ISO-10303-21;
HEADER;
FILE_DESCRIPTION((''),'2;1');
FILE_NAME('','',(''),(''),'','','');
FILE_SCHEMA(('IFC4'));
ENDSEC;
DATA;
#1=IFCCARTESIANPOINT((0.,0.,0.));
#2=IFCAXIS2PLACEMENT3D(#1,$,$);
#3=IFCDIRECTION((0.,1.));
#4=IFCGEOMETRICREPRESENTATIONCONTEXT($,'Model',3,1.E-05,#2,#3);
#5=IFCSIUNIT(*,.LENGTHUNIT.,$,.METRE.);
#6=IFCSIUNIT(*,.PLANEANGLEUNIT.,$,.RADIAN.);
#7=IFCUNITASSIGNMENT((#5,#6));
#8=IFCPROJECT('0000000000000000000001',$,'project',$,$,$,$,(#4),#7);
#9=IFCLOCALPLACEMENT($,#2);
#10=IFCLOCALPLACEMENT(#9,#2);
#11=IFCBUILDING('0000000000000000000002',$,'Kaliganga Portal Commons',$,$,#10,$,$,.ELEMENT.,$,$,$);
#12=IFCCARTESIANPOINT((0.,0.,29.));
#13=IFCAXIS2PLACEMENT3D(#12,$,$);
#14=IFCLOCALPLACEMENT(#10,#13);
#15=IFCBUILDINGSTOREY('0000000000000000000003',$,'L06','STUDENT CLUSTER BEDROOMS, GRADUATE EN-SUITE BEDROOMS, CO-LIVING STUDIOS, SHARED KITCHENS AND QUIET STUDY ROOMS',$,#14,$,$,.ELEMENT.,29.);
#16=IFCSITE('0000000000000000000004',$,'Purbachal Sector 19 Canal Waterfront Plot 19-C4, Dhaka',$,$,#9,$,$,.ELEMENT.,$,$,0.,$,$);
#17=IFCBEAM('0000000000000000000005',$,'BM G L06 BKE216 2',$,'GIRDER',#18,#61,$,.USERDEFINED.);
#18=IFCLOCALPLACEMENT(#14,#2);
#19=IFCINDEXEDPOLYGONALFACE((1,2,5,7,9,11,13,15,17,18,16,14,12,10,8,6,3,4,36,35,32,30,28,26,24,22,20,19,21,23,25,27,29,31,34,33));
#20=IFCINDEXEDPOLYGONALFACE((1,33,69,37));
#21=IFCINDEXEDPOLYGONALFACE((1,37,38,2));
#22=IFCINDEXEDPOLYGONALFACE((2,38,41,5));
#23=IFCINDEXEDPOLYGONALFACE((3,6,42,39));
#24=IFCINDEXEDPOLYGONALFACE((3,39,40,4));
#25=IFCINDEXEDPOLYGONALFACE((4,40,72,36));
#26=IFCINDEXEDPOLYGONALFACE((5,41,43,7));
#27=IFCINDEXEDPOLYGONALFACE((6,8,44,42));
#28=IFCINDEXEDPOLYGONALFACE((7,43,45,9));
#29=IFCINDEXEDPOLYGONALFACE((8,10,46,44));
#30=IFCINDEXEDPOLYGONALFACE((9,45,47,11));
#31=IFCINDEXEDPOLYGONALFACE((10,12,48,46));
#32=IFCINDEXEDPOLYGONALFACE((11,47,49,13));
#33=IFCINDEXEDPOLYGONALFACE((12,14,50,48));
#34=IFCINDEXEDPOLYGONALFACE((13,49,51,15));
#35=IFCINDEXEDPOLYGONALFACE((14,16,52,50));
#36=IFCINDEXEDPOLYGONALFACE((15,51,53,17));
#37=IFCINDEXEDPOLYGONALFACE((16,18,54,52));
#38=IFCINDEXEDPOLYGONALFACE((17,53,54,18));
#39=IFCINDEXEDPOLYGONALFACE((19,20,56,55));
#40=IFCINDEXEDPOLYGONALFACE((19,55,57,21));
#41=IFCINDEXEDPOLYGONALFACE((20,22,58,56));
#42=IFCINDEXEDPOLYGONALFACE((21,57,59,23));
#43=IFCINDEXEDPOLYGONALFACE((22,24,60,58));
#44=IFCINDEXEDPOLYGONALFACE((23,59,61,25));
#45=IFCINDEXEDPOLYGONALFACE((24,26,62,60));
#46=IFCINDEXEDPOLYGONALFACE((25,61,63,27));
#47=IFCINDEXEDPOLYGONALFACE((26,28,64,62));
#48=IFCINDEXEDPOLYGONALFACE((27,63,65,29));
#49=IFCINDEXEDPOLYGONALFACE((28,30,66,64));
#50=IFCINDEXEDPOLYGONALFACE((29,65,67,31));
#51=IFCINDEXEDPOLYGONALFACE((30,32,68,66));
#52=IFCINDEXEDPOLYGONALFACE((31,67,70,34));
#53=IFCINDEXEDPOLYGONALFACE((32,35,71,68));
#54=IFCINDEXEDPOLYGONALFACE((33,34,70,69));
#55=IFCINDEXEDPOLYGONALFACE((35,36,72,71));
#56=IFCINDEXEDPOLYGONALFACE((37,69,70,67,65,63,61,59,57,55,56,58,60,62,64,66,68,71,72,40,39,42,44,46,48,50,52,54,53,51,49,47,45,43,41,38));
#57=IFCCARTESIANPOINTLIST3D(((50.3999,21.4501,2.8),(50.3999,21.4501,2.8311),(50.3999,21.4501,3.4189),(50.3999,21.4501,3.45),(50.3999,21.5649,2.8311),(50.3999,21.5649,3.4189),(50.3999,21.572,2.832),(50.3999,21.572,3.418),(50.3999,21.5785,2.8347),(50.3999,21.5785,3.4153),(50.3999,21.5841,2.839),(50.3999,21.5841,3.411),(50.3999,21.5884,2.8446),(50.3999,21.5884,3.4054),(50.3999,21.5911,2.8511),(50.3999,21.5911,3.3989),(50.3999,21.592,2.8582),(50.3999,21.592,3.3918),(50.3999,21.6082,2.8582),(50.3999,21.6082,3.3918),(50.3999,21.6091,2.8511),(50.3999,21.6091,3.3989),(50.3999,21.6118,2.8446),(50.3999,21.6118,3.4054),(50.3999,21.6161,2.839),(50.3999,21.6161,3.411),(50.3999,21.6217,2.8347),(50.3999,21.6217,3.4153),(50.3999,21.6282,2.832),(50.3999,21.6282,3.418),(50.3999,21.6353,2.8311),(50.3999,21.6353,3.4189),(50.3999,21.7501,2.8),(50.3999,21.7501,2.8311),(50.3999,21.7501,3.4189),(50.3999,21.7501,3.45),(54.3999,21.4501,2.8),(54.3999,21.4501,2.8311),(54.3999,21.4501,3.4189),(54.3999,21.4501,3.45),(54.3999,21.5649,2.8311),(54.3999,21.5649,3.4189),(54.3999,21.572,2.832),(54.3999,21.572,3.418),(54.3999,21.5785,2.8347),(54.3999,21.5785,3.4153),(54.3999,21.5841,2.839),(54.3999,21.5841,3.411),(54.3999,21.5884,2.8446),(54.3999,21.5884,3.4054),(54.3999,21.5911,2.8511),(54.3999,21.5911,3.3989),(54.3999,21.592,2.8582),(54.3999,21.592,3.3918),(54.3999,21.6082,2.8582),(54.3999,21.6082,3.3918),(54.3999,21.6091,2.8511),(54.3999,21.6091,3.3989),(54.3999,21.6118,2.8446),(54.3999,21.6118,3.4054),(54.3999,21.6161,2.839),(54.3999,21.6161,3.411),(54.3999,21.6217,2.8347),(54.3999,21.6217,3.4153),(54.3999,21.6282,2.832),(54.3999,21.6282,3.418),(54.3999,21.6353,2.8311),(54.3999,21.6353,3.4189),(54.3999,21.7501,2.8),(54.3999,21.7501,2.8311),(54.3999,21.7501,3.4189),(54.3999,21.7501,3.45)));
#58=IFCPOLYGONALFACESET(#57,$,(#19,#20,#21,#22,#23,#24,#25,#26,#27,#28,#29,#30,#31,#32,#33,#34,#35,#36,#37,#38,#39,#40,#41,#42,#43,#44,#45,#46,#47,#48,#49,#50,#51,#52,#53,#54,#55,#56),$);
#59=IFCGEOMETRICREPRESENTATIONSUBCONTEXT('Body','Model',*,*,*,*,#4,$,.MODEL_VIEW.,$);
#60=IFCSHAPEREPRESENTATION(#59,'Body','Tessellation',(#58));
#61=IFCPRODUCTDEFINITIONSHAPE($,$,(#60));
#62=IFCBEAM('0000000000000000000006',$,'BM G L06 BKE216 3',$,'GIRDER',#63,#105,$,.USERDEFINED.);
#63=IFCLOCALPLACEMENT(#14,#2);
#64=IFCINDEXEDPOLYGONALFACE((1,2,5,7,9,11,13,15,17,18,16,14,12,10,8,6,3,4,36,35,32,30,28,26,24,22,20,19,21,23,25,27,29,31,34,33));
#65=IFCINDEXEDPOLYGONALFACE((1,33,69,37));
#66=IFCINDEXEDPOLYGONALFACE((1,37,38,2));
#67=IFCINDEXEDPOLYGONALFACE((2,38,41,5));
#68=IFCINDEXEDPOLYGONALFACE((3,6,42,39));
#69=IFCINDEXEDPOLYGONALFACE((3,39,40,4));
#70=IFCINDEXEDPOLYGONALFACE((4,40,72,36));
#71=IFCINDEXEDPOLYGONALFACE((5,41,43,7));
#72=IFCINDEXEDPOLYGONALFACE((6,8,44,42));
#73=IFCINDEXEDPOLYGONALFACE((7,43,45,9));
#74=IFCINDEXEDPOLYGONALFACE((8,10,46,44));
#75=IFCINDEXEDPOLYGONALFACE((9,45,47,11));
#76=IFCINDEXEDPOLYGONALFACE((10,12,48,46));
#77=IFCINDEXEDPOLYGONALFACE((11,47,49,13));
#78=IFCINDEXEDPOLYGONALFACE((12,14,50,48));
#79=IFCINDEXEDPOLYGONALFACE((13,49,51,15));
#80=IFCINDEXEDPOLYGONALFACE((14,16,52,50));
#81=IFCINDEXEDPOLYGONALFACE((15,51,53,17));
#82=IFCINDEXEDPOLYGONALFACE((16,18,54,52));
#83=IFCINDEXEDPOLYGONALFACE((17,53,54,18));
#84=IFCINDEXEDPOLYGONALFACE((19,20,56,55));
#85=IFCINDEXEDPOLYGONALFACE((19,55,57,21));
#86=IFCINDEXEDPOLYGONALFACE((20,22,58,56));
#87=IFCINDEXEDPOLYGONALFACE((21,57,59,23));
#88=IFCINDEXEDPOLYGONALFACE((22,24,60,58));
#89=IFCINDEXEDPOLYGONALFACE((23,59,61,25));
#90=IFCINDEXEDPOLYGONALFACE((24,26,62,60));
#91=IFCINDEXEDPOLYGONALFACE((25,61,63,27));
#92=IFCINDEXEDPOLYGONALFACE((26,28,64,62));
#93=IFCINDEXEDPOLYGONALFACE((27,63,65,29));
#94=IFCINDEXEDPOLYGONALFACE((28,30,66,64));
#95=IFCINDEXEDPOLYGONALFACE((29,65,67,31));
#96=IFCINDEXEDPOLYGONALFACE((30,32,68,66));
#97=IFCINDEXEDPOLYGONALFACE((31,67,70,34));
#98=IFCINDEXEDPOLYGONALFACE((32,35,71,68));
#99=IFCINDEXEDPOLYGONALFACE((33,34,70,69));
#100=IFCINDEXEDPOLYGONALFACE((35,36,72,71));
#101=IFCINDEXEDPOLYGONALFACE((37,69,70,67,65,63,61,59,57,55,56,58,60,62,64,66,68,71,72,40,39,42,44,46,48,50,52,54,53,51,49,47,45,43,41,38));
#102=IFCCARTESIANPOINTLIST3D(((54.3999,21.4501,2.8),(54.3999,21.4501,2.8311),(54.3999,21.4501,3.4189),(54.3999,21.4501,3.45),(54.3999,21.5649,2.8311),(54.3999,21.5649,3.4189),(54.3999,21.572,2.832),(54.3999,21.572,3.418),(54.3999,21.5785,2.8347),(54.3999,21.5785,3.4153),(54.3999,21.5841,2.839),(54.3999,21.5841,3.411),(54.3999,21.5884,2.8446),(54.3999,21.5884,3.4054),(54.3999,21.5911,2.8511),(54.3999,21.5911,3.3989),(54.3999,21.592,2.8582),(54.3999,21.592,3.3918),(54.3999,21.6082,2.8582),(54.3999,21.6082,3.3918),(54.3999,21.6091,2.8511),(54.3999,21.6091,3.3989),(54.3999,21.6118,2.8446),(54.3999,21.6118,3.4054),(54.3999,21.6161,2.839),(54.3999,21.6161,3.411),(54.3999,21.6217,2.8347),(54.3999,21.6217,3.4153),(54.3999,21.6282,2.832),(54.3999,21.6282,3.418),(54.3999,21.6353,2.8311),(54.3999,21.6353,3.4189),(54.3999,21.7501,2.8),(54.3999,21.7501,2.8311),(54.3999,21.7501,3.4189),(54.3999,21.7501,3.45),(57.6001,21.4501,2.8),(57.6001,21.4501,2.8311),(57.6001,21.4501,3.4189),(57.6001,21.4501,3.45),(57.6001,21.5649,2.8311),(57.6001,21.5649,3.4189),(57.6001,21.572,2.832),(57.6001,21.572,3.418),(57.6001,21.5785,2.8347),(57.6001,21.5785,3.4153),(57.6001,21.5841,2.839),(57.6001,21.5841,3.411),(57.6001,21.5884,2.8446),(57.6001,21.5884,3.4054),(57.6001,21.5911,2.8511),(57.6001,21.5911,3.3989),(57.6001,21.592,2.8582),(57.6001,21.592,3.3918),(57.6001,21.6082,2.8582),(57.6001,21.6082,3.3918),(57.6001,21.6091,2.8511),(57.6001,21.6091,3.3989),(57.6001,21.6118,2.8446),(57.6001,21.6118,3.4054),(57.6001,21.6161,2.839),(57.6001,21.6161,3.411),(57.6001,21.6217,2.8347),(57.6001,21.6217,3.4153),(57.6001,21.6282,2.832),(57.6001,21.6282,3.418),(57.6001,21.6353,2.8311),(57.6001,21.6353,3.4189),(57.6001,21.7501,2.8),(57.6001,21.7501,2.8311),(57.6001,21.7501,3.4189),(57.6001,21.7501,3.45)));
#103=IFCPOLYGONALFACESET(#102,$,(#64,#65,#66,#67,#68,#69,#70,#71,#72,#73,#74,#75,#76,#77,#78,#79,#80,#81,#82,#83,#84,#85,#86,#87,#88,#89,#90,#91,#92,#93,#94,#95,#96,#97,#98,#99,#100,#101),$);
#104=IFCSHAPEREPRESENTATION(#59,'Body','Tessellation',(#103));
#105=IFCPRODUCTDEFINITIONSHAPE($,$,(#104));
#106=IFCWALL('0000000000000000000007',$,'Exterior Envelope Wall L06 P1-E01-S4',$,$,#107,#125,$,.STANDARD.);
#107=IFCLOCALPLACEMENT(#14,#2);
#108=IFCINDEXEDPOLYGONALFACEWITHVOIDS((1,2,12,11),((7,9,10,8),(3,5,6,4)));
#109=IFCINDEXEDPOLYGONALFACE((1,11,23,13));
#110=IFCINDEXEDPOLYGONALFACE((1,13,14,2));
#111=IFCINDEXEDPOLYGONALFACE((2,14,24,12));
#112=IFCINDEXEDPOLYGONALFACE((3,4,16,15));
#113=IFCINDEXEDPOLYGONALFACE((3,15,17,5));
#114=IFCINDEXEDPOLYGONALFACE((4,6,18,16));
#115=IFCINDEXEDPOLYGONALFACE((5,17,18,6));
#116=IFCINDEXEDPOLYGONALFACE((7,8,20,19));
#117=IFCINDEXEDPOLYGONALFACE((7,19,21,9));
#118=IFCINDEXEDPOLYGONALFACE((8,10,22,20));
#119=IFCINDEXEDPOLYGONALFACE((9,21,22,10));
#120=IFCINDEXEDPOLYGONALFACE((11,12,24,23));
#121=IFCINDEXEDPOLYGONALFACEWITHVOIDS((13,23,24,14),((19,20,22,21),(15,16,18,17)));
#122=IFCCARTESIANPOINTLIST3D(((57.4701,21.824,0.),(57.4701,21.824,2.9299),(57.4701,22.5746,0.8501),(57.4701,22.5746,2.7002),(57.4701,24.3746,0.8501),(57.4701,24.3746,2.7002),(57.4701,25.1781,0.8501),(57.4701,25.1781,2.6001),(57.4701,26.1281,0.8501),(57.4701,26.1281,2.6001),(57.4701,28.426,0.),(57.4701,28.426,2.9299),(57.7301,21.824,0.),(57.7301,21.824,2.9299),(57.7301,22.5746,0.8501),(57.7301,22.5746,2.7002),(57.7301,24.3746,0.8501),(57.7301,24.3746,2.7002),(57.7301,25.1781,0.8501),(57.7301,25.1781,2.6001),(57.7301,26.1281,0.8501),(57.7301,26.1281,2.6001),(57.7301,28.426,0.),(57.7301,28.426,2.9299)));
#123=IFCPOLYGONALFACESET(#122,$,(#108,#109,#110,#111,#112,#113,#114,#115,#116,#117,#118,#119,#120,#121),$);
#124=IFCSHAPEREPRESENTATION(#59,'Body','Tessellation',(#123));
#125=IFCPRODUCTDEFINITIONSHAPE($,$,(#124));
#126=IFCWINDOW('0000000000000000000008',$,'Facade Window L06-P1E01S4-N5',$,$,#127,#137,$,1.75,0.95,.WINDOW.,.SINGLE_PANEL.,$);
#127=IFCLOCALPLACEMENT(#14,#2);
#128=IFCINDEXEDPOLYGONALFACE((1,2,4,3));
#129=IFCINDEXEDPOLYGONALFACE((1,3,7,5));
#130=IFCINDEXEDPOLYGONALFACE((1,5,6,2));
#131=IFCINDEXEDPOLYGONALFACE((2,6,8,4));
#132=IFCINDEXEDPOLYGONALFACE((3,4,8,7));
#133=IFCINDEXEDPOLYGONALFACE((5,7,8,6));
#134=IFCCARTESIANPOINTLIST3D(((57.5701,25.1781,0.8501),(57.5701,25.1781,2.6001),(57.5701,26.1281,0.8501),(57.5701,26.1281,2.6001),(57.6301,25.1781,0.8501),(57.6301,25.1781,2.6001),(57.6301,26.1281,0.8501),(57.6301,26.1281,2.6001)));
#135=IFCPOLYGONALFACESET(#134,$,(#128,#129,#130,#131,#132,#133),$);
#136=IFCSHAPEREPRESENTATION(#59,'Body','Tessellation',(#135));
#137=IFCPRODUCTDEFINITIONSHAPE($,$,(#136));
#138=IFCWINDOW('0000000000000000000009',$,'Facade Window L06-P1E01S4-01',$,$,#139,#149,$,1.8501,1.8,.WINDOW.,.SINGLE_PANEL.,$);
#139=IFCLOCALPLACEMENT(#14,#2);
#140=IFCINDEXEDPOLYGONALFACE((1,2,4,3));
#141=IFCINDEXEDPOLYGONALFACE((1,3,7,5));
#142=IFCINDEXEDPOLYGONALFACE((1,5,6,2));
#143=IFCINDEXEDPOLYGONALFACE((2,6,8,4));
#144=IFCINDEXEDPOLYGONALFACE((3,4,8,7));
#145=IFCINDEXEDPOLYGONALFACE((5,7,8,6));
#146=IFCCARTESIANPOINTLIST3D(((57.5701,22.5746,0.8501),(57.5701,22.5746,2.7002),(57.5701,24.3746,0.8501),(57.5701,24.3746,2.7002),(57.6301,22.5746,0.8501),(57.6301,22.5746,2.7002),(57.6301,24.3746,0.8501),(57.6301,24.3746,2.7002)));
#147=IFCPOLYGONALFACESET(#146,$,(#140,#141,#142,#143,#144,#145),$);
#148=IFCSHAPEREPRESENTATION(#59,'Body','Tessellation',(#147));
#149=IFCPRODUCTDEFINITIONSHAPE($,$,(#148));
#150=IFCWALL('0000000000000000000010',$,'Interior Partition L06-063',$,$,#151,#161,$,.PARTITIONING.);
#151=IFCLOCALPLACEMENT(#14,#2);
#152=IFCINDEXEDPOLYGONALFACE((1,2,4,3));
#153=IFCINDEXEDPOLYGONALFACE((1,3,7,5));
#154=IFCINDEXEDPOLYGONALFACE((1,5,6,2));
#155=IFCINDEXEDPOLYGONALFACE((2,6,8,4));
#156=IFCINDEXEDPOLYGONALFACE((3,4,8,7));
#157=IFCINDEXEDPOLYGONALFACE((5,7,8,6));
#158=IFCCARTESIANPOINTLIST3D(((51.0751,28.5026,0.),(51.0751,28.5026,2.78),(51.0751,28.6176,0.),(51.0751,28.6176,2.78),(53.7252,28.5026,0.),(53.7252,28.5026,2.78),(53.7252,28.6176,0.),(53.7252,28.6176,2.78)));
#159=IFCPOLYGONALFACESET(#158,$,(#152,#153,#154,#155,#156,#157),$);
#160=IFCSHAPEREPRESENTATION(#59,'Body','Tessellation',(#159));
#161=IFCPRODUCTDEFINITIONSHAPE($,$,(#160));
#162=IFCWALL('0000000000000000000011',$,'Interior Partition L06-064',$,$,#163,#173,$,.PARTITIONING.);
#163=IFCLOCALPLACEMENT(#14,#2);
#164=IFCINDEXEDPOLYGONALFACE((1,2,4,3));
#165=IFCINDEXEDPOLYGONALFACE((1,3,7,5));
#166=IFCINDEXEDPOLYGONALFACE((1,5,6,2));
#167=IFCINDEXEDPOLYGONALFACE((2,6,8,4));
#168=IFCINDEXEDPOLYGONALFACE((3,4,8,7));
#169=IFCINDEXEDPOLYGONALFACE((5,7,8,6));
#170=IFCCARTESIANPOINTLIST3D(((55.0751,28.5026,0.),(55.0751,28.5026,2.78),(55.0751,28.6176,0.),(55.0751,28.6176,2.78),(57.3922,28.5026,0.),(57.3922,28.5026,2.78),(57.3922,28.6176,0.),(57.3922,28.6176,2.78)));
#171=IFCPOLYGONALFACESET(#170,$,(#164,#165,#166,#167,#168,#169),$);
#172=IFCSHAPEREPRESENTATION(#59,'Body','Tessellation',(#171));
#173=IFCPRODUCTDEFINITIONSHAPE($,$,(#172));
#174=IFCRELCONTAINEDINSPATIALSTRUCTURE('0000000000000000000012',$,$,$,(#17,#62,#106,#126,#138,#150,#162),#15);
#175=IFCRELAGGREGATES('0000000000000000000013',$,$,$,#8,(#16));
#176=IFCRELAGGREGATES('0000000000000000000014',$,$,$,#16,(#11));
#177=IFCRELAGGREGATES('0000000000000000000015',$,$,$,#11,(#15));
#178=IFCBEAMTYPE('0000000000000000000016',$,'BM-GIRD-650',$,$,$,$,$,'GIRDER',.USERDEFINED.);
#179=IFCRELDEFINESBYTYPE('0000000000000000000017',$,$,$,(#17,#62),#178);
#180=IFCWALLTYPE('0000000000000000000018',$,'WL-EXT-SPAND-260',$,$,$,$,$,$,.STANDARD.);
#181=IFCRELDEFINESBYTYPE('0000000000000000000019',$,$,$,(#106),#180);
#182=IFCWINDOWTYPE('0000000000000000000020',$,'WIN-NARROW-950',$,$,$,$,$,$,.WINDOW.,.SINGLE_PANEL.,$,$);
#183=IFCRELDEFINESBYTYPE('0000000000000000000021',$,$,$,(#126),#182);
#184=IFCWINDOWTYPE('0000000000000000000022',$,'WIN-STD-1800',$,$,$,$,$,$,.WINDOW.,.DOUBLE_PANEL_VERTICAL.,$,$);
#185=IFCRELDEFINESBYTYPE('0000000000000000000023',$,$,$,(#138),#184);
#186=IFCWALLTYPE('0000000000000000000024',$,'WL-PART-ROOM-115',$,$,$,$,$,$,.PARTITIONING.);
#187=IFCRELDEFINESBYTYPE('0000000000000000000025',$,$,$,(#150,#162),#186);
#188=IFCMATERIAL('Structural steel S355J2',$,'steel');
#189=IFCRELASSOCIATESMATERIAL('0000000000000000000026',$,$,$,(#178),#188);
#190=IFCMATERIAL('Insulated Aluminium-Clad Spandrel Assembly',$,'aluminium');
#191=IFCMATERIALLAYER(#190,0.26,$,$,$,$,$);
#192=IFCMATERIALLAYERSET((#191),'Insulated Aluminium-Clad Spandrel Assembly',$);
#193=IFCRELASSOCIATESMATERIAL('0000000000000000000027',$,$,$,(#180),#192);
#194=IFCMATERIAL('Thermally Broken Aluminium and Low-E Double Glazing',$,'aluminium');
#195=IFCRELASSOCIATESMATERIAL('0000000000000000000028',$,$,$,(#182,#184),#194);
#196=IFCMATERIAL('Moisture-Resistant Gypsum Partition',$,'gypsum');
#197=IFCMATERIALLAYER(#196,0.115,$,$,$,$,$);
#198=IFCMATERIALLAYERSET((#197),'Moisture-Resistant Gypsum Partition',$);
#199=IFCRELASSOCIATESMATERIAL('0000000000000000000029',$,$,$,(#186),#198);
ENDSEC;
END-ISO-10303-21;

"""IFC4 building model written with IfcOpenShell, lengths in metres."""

from ifc_helpers import new_model, si_unit, direction, frame, frame_2d, origin, origin_2d, place, context, subcontext, project, spatial, rectangle, i_section, extrude, source, transform, mapped, material, layer, layer_set, material_profile, profile_set, type_object, element, fill, save


model = new_model("IFC4")

# Units and contexts
model_context = context("Model", 3, precision=1e-05, world=origin(), true_north=direction((0.0, 1.0)))
body_context = subcontext(model_context, "Body", "Model", "MODEL_VIEW")
ifc_project = project(units=[si_unit("LENGTHUNIT", "METRE"), si_unit("PLANEANGLEUNIT", "RADIAN")], contexts=[model_context])

# Site, building, storey
site_placement = place(None, origin())
site = spatial("IfcSite", under=ifc_project, at=site_placement, Name="Purbachal Sector 19 Canal Waterfront Plot 19-C4, Dhaka", CompositionType="ELEMENT", RefElevation=0.0)
building_placement = place(site_placement, origin())
building = spatial("IfcBuilding", under=site, at=building_placement, Name="Kaliganga Portal Commons", CompositionType="ELEMENT")
storey_placement = place(building_placement, frame((0.0, 0.0, 29.0)))
storey = spatial("IfcBuildingStorey", under=building, at=storey_placement, Name="L06", Description="STUDENT CLUSTER BEDROOMS, GRADUATE EN-SUITE BEDROOMS, CO-LIVING STUDIOS, SHARED KITCHENS AND QUIET STUDY ROOMS", CompositionType="ELEMENT", Elevation=29.0)

# Beams
ifc_material_1 = material(Name="Structural steel S355J2", Category="steel")
ifc_material_profile_1 = material_profile(ifc_material_1, i_section(OverallWidth=0.3, OverallDepth=0.6499, WebThickness=0.0161, FlangeThickness=0.031, FilletRadius=0.0271, at=origin_2d()), Name="HE 650 B")
ifc_profile_set_1 = profile_set([ifc_material_profile_1], Name="Structural steel S355J2 wide-flange")
beam_type_1 = type_object("IfcBeamType", Name="BM-GIRD-650", ElementType="GIRDER", PredefinedType="USERDEFINED", material=ifc_profile_set_1)
shared_shape_1 = source(origin(), body_context, "Body", "SweptSolid", [
    extrude(i_section(OverallWidth=0.3, OverallDepth=0.6499, WebThickness=0.0161, FlangeThickness=0.031, FilletRadius=0.0271, at=origin_2d()), origin(), (0.0, 0.0, 1.0), 4.0),
])
beam_1_placement = place(storey_placement, frame((50.3999, 21.6001, 3.125), z_axis=(1.0, 0.0, 0.0), x_axis=(0.0, 1.0, 0.0)))
element("IfcBeam", 1, at=beam_1_placement, inside=storey, type_object=beam_type_1, Name="BM G L06 BKE216 2", ObjectType="GIRDER", PredefinedType="USERDEFINED", context=body_context, shape_type="MappedRepresentation", body=[
    mapped(shared_shape_1, transform((0.0, 0.0, 0.0), x_axis=(1.0, 0.0, 0.0), y_axis=(0.0, 1.0, 0.0), z_axis=(0.0, 0.0, 1.0), scale=1.0)),
])
shared_shape_2 = source(origin(), body_context, "Body", "SweptSolid", [
    extrude(i_section(OverallWidth=0.3, OverallDepth=0.6499, WebThickness=0.0161, FlangeThickness=0.031, FilletRadius=0.0271, at=origin_2d()), origin(), (0.0, 0.0, 1.0), 3.2002),
])
beam_2_placement = place(storey_placement, frame((54.3999, 21.6001, 3.125), z_axis=(1.0, 0.0, 0.0), x_axis=(0.0, 1.0, 0.0)))
element("IfcBeam", 2, at=beam_2_placement, inside=storey, type_object=beam_type_1, Name="BM G L06 BKE216 3", ObjectType="GIRDER", PredefinedType="USERDEFINED", context=body_context, shape_type="MappedRepresentation", body=[
    mapped(shared_shape_2, transform((0.0, 0.0, 0.0), x_axis=(1.0, 0.0, 0.0), y_axis=(0.0, 1.0, 0.0), z_axis=(0.0, 0.0, 1.0), scale=1.0)),
])

# Wall, openings, windows
ifc_material_2 = material(Name="Insulated Aluminium-Clad Spandrel Assembly", Category="aluminium")
ifc_layer_1 = layer(ifc_material_2, 0.26)
ifc_layer_set_1 = layer_set([ifc_layer_1], Name="Insulated Aluminium-Clad Spandrel Assembly")
wall_type_1 = type_object("IfcWallType", Name="WL-EXT-SPAND-260", PredefinedType="STANDARD", material=ifc_layer_set_1)
wall_1_placement = place(storey_placement, frame((57.6001, 28.426, 0.0), z_axis=(0.0, 0.0, 1.0), x_axis=(0.0, -1.0, 0.0)))
wall_1 = element("IfcWall", 3, at=wall_1_placement, inside=storey, type_object=wall_type_1, Name="Exterior Envelope Wall L06 P1-E01-S4", PredefinedType="STANDARD", context=body_context, shape_type="SweptSolid", body=[
    extrude(rectangle(XDim=6.6021, YDim=0.26, at=frame_2d((3.301, 0.0))), origin(), (0.0, 0.0, 1.0), 2.9299),
])
opening_1_placement = place(wall_1_placement, frame((4.0515, 0.0, 0.8501)))
opening_1 = element("IfcOpeningElement", 4, at=opening_1_placement, cuts=wall_1, PredefinedType="OPENING", context=body_context, shape_type="SweptSolid", body=[
    extrude(rectangle(XDim=1.8, YDim=1.8501, at=frame_2d((0.8999, 0.925))), frame((0.0, 0.1401, 0.0), z_axis=(0.0, -1.0, 0.0), x_axis=(1.0, 0.0, 0.0)), (0.0, 0.0, 1.0), 0.28),
])
opening_2_placement = place(wall_1_placement, frame((2.2979, 0.0, 0.8501)))
opening_2 = element("IfcOpeningElement", 5, at=opening_2_placement, cuts=wall_1, PredefinedType="OPENING", context=body_context, shape_type="SweptSolid", body=[
    extrude(rectangle(XDim=0.95, YDim=1.75, at=frame_2d((0.4751, 0.875))), frame((0.0, 0.1401, 0.0), z_axis=(0.0, -1.0, 0.0), x_axis=(1.0, 0.0, 0.0)), (0.0, 0.0, 1.0), 0.28),
])
ifc_material_3 = material(Name="Thermally Broken Aluminium and Low-E Double Glazing", Category="aluminium")
window_type_1 = type_object("IfcWindowType", Name="WIN-NARROW-950", PartitioningType="SINGLE_PANEL", PredefinedType="WINDOW", material=ifc_material_3)
window_1_placement = place(opening_2_placement, origin())
window_1 = element("IfcWindow", 6, at=window_1_placement, inside=storey, type_object=window_type_1, Name="Facade Window L06-P1E01S4-N5", OverallHeight=1.75, OverallWidth=0.95, PartitioningType="SINGLE_PANEL", PredefinedType="WINDOW", context=body_context, shape_type="SweptSolid", body=[
    extrude(rectangle(XDim=0.95, YDim=1.75, at=frame_2d((0.4751, 0.875))), frame((0.0, 0.03, 0.0), z_axis=(0.0, -1.0, 0.0), x_axis=(1.0, 0.0, 0.0)), (0.0, 0.0, 1.0), 0.0601),
])
fill(opening_2, window_1)
window_type_2 = type_object("IfcWindowType", Name="WIN-STD-1800", PartitioningType="DOUBLE_PANEL_VERTICAL", PredefinedType="WINDOW", material=ifc_material_3)
window_2_placement = place(opening_1_placement, origin())
window_2 = element("IfcWindow", 7, at=window_2_placement, inside=storey, type_object=window_type_2, Name="Facade Window L06-P1E01S4-01", OverallHeight=1.8501, OverallWidth=1.8, PartitioningType="SINGLE_PANEL", PredefinedType="WINDOW", context=body_context, shape_type="SweptSolid", body=[
    extrude(rectangle(XDim=1.8, YDim=1.8501, at=frame_2d((0.8999, 0.925))), frame((0.0, 0.03, 0.0), z_axis=(0.0, -1.0, 0.0), x_axis=(1.0, 0.0, 0.0)), (0.0, 0.0, 1.0), 0.0601),
])
fill(opening_1, window_2)

# Walls
ifc_material_4 = material(Name="Moisture-Resistant Gypsum Partition", Category="gypsum")
ifc_layer_2 = layer(ifc_material_4, 0.115)
ifc_layer_set_2 = layer_set([ifc_layer_2], Name="Moisture-Resistant Gypsum Partition")
wall_type_2 = type_object("IfcWallType", Name="WL-PART-ROOM-115", PredefinedType="PARTITIONING", material=ifc_layer_set_2)
wall_2_placement = place(storey_placement, frame((51.075, 28.5601, 0.0), z_axis=(0.0, 0.0, 1.0), x_axis=(1.0, 0.0, 0.0)))
element("IfcWall", 8, at=wall_2_placement, inside=storey, type_object=wall_type_2, Name="Interior Partition L06-063", PredefinedType="PARTITIONING", context=body_context, shape_type="SweptSolid", body=[
    extrude(rectangle(XDim=2.6501, YDim=0.115, at=frame_2d((1.3252, 0.0))), origin(), (0.0, 0.0, 1.0), 2.78),
])
wall_3_placement = place(storey_placement, frame((55.075, 28.5601, 0.0), z_axis=(0.0, 0.0, 1.0), x_axis=(1.0, 0.0, 0.0)))
element("IfcWall", 9, at=wall_3_placement, inside=storey, type_object=wall_type_2, Name="Interior Partition L06-064", PredefinedType="PARTITIONING", context=body_context, shape_type="SweptSolid", body=[
    extrude(rectangle(XDim=2.3171, YDim=0.115, at=frame_2d((1.1587, 0.0))), origin(), (0.0, 0.0, 1.0), 2.78),
])

save(model, "model.ifc")
